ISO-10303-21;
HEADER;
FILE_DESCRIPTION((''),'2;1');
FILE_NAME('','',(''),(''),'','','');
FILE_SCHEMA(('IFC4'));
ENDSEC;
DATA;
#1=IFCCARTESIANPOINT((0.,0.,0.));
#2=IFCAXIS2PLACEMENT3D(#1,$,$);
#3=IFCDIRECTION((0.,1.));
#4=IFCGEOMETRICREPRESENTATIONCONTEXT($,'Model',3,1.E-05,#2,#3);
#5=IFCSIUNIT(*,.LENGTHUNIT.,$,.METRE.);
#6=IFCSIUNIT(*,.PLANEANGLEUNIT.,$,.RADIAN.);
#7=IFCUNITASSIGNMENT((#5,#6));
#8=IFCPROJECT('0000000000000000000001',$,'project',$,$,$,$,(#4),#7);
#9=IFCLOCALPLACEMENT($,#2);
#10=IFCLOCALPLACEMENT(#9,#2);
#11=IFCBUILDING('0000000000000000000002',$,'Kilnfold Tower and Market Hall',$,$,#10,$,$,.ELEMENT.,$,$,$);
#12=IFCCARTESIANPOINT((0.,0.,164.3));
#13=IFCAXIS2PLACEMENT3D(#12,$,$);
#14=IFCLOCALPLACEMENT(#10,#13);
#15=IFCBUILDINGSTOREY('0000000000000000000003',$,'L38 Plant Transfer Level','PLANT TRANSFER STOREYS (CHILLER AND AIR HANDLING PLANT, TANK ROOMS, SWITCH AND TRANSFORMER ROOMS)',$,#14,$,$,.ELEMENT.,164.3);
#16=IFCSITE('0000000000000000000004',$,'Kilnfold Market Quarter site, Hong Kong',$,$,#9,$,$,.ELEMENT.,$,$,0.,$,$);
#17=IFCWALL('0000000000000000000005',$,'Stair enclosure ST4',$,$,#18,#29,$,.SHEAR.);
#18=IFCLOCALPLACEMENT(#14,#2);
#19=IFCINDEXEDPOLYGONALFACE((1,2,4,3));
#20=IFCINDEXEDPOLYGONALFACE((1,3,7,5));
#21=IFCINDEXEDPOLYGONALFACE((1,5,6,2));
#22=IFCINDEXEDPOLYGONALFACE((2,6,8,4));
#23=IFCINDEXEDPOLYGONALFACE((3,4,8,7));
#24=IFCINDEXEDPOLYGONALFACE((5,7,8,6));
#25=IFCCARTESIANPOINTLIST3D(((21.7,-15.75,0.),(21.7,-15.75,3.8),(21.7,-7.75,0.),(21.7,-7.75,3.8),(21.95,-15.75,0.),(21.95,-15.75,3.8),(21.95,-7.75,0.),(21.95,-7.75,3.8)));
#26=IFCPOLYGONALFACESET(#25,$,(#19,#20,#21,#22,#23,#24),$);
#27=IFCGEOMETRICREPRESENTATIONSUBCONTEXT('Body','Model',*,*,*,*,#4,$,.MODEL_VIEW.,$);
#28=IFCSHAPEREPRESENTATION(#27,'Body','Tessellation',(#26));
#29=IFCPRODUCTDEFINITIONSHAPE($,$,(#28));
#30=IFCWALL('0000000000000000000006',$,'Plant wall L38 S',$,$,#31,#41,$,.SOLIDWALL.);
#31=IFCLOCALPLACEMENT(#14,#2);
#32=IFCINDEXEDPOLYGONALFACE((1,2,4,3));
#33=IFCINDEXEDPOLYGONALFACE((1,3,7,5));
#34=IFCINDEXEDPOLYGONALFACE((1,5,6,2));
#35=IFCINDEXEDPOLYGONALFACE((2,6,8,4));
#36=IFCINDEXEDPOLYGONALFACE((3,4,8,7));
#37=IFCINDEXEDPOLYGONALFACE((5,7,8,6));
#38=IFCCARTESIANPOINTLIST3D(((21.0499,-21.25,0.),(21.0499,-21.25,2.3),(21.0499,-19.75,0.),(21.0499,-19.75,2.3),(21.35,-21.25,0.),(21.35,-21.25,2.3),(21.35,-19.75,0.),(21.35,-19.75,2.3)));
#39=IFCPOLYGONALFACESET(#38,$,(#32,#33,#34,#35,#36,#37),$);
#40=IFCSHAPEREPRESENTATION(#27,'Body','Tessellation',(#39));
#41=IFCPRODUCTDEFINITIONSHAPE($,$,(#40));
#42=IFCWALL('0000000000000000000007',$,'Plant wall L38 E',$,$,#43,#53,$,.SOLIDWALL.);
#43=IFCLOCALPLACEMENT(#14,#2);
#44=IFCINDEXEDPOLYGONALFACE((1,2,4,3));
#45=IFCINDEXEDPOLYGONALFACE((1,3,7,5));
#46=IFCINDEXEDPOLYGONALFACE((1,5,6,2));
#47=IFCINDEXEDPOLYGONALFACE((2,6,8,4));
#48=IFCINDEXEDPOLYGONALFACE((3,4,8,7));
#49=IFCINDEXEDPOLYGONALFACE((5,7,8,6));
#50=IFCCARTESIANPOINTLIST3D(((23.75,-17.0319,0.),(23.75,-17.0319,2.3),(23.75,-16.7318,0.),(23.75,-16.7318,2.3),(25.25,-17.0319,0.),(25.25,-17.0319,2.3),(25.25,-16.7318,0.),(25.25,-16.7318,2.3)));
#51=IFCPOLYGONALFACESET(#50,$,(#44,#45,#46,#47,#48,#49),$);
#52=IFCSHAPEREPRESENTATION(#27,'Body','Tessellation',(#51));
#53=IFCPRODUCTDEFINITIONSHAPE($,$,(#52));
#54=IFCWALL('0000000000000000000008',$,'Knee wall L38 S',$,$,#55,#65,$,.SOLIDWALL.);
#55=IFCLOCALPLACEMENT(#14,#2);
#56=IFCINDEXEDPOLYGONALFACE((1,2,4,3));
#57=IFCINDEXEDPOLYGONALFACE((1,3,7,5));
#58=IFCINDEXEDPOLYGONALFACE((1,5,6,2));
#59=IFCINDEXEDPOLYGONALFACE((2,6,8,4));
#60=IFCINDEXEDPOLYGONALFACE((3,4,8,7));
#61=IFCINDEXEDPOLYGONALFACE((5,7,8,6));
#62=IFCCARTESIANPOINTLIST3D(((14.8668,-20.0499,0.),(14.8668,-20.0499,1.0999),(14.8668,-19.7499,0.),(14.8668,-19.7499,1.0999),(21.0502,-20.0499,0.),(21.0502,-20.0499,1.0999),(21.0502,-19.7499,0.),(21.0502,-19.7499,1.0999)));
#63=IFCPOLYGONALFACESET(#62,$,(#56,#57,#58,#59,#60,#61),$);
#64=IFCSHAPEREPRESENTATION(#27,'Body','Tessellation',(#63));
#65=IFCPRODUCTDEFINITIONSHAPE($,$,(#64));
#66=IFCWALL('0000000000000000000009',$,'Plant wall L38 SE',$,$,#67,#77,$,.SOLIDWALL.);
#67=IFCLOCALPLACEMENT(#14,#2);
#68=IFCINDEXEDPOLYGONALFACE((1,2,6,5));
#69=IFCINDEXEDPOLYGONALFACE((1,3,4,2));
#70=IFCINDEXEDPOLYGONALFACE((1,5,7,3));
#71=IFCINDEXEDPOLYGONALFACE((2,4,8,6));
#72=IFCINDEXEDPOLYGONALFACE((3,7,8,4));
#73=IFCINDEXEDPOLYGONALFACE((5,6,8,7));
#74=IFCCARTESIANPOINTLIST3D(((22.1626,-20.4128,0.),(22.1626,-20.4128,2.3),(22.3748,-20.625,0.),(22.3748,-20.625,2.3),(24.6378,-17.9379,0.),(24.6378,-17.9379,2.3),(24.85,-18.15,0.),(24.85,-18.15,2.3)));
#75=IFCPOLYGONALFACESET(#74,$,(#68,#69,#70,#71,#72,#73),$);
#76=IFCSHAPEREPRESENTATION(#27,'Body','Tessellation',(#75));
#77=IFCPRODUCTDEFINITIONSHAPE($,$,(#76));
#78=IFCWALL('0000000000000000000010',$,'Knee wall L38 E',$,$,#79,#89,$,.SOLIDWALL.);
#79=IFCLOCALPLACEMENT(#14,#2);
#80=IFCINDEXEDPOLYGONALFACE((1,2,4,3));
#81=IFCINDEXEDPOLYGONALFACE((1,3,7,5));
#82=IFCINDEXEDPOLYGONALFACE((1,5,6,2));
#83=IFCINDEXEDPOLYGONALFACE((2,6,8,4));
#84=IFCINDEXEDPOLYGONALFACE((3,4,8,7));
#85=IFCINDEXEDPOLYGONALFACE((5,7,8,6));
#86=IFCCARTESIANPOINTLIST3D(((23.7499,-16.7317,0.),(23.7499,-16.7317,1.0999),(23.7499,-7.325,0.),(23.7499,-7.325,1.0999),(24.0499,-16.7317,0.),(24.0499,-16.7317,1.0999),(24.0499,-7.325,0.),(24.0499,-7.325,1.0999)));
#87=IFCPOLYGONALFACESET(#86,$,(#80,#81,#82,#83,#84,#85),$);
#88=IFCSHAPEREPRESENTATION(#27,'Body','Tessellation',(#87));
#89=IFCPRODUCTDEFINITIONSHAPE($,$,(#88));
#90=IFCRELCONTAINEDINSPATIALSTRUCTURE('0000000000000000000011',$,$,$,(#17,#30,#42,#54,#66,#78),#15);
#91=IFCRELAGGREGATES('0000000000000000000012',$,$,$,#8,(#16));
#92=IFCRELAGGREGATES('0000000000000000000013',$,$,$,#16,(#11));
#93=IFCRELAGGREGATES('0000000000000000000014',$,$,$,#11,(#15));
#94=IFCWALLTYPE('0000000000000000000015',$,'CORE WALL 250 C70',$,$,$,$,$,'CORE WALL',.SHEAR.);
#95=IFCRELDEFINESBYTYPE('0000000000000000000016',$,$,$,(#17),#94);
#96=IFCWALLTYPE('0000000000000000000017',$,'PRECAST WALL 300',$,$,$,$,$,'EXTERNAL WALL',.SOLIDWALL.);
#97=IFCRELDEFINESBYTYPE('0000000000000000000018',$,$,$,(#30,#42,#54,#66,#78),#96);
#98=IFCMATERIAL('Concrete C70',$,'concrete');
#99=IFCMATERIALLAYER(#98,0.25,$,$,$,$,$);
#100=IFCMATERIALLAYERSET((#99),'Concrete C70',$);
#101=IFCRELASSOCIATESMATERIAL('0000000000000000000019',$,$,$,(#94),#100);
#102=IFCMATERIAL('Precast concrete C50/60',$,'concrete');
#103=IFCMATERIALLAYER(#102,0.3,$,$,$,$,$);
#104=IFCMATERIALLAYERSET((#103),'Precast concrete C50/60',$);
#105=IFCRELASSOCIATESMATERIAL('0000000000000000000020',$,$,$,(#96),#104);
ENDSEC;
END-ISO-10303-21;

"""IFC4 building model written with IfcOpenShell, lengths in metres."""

from ifc_helpers import new_model, si_unit, direction, frame, frame_2d, origin, place, context, subcontext, project, spatial, rectangle, extrude, source, transform, mapped, material, layer, layer_set, type_object, element, save


model = new_model("IFC4")

# Units and contexts
model_context = context("Model", 3, precision=1e-05, world=origin(), true_north=direction((0.0, 1.0)))
body_context = subcontext(model_context, "Body", "Model", "MODEL_VIEW")
ifc_project = project(units=[si_unit("LENGTHUNIT", "METRE"), si_unit("PLANEANGLEUNIT", "RADIAN")], contexts=[model_context])

# Site, building, storey
site_placement = place(None, origin())
site = spatial("IfcSite", under=ifc_project, at=site_placement, Name="Kilnfold Market Quarter site, Hong Kong", CompositionType="ELEMENT", RefElevation=0.0)
building_placement = place(site_placement, origin())
building = spatial("IfcBuilding", under=site, at=building_placement, Name="Kilnfold Tower and Market Hall", CompositionType="ELEMENT")
storey_placement = place(building_placement, frame((0.0, 0.0, 164.3)))
storey = spatial("IfcBuildingStorey", under=building, at=storey_placement, Name="L38 Plant Transfer Level", Description="PLANT TRANSFER STOREYS (CHILLER AND AIR HANDLING PLANT, TANK ROOMS, SWITCH AND TRANSFORMER ROOMS)", CompositionType="ELEMENT", Elevation=164.3)

# Shared definitions
ifc_material_1 = material(Name="Concrete C70", Category="concrete")
ifc_layer_1 = layer(ifc_material_1, 0.25)
ifc_layer_set_1 = layer_set([ifc_layer_1], Name="Concrete C70")
wall_type_1 = type_object("IfcWallType", Name="CORE WALL 250 C70", ElementType="CORE WALL", PredefinedType="SHEAR", material=ifc_layer_set_1)

# Walls
shared_shape_1 = source(origin(), body_context, "Body", "SweptSolid", [
    extrude(rectangle(XDim=8.0, YDim=0.25, at=frame_2d((4.0, 0.0))), origin(), (0.0, 0.0, 1.0), 3.8),
])
for number, where, z_axis, x_axis, name in (
    (1, (21.825, -15.75, 0.0), (0.0, 0.0, 1.0), (0.0, 1.0, 0.0), "Stair enclosure ST4"),
):
    element("IfcWall", number, at=place(storey_placement, frame(where, z_axis=z_axis, x_axis=x_axis)), inside=storey, type_object=wall_type_1, Name=name, PredefinedType="SHEAR", context=body_context, shape_type="MappedRepresentation", body=[
        mapped(shared_shape_1, transform((0.0, 0.0, 0.0))),
    ])
ifc_material_2 = material(Name="Precast concrete C50/60", Category="concrete")
ifc_layer_2 = layer(ifc_material_2, 0.3)
ifc_layer_set_2 = layer_set([ifc_layer_2], Name="Precast concrete C50/60")
wall_type_2 = type_object("IfcWallType", Name="PRECAST WALL 300", ElementType="EXTERNAL WALL", PredefinedType="SOLIDWALL", material=ifc_layer_set_2)
shared_shape_2 = source(origin(), body_context, "Body", "SweptSolid", [
    extrude(rectangle(XDim=1.5, YDim=0.3, at=frame_2d((0.75, 0.0))), origin(), (0.0, 0.0, 1.0), 2.3),
])
for number, where, z_axis, x_axis, name in (
    (2, (21.2, -21.25, 0.0), (0.0, 0.0, 1.0), (0.0, 1.0, 0.0), "Plant wall L38 S"),
    (3, (25.25, -16.8818, 0.0), (0.0, 0.0, 1.0), (-1.0, 0.0, 0.0), "Plant wall L38 E"),
):
    element("IfcWall", number, at=place(storey_placement, frame(where, z_axis=z_axis, x_axis=x_axis)), inside=storey, type_object=wall_type_2, Name=name, PredefinedType="SOLIDWALL", context=body_context, shape_type="MappedRepresentation", body=[
        mapped(shared_shape_2, transform((0.0, 0.0, 0.0))),
    ])
shared_shape_3 = source(origin(), body_context, "Body", "SweptSolid", [
    extrude(rectangle(XDim=6.1833, YDim=0.3, at=frame_2d((3.0918, 0.0))), origin(), (0.0, 0.0, 1.0), 1.0999),
])
wall_1_placement = place(storey_placement, frame((14.8667, -19.8999, 0.0), z_axis=(0.0, 0.0, 1.0), x_axis=(1.0, 0.0, 0.0)))
element("IfcWall", 4, at=wall_1_placement, inside=storey, type_object=wall_type_2, Name="Knee wall L38 S", PredefinedType="SOLIDWALL", context=body_context, shape_type="MappedRepresentation", body=[
    mapped(shared_shape_3, transform((0.0, 0.0, 0.0))),
])
shared_shape_4 = source(origin(), body_context, "Body", "SweptSolid", [
    extrude(rectangle(XDim=3.5002, YDim=0.3, at=frame_2d((1.75, 0.0))), origin(), (0.0, 0.0, 1.0), 2.3),
])
wall_2_placement = place(storey_placement, frame((22.2688, -20.5188, 0.0), z_axis=(0.0, 0.0, 1.0), x_axis=(0.707142, 0.707072, 0.0)))
element("IfcWall", 5, at=wall_2_placement, inside=storey, type_object=wall_type_2, Name="Plant wall L38 SE", PredefinedType="SOLIDWALL", context=body_context, shape_type="MappedRepresentation", body=[
    mapped(shared_shape_4, transform((0.0, 0.0, 0.0))),
])
shared_shape_5 = source(origin(), body_context, "Body", "SweptSolid", [
    extrude(rectangle(XDim=9.4067, YDim=0.3, at=frame_2d((4.7034, 0.0))), origin(), (0.0, 0.0, 1.0), 1.0999),
])
wall_3_placement = place(storey_placement, frame((23.8999, -16.7317, 0.0), z_axis=(0.0, 0.0, 1.0), x_axis=(0.0, 1.0, 0.0)))
element("IfcWall", 6, at=wall_3_placement, inside=storey, type_object=wall_type_2, Name="Knee wall L38 E", PredefinedType="SOLIDWALL", context=body_context, shape_type="MappedRepresentation", body=[
    mapped(shared_shape_5, transform((0.0, 0.0, 0.0))),
])

save(model, "model.ifc")
